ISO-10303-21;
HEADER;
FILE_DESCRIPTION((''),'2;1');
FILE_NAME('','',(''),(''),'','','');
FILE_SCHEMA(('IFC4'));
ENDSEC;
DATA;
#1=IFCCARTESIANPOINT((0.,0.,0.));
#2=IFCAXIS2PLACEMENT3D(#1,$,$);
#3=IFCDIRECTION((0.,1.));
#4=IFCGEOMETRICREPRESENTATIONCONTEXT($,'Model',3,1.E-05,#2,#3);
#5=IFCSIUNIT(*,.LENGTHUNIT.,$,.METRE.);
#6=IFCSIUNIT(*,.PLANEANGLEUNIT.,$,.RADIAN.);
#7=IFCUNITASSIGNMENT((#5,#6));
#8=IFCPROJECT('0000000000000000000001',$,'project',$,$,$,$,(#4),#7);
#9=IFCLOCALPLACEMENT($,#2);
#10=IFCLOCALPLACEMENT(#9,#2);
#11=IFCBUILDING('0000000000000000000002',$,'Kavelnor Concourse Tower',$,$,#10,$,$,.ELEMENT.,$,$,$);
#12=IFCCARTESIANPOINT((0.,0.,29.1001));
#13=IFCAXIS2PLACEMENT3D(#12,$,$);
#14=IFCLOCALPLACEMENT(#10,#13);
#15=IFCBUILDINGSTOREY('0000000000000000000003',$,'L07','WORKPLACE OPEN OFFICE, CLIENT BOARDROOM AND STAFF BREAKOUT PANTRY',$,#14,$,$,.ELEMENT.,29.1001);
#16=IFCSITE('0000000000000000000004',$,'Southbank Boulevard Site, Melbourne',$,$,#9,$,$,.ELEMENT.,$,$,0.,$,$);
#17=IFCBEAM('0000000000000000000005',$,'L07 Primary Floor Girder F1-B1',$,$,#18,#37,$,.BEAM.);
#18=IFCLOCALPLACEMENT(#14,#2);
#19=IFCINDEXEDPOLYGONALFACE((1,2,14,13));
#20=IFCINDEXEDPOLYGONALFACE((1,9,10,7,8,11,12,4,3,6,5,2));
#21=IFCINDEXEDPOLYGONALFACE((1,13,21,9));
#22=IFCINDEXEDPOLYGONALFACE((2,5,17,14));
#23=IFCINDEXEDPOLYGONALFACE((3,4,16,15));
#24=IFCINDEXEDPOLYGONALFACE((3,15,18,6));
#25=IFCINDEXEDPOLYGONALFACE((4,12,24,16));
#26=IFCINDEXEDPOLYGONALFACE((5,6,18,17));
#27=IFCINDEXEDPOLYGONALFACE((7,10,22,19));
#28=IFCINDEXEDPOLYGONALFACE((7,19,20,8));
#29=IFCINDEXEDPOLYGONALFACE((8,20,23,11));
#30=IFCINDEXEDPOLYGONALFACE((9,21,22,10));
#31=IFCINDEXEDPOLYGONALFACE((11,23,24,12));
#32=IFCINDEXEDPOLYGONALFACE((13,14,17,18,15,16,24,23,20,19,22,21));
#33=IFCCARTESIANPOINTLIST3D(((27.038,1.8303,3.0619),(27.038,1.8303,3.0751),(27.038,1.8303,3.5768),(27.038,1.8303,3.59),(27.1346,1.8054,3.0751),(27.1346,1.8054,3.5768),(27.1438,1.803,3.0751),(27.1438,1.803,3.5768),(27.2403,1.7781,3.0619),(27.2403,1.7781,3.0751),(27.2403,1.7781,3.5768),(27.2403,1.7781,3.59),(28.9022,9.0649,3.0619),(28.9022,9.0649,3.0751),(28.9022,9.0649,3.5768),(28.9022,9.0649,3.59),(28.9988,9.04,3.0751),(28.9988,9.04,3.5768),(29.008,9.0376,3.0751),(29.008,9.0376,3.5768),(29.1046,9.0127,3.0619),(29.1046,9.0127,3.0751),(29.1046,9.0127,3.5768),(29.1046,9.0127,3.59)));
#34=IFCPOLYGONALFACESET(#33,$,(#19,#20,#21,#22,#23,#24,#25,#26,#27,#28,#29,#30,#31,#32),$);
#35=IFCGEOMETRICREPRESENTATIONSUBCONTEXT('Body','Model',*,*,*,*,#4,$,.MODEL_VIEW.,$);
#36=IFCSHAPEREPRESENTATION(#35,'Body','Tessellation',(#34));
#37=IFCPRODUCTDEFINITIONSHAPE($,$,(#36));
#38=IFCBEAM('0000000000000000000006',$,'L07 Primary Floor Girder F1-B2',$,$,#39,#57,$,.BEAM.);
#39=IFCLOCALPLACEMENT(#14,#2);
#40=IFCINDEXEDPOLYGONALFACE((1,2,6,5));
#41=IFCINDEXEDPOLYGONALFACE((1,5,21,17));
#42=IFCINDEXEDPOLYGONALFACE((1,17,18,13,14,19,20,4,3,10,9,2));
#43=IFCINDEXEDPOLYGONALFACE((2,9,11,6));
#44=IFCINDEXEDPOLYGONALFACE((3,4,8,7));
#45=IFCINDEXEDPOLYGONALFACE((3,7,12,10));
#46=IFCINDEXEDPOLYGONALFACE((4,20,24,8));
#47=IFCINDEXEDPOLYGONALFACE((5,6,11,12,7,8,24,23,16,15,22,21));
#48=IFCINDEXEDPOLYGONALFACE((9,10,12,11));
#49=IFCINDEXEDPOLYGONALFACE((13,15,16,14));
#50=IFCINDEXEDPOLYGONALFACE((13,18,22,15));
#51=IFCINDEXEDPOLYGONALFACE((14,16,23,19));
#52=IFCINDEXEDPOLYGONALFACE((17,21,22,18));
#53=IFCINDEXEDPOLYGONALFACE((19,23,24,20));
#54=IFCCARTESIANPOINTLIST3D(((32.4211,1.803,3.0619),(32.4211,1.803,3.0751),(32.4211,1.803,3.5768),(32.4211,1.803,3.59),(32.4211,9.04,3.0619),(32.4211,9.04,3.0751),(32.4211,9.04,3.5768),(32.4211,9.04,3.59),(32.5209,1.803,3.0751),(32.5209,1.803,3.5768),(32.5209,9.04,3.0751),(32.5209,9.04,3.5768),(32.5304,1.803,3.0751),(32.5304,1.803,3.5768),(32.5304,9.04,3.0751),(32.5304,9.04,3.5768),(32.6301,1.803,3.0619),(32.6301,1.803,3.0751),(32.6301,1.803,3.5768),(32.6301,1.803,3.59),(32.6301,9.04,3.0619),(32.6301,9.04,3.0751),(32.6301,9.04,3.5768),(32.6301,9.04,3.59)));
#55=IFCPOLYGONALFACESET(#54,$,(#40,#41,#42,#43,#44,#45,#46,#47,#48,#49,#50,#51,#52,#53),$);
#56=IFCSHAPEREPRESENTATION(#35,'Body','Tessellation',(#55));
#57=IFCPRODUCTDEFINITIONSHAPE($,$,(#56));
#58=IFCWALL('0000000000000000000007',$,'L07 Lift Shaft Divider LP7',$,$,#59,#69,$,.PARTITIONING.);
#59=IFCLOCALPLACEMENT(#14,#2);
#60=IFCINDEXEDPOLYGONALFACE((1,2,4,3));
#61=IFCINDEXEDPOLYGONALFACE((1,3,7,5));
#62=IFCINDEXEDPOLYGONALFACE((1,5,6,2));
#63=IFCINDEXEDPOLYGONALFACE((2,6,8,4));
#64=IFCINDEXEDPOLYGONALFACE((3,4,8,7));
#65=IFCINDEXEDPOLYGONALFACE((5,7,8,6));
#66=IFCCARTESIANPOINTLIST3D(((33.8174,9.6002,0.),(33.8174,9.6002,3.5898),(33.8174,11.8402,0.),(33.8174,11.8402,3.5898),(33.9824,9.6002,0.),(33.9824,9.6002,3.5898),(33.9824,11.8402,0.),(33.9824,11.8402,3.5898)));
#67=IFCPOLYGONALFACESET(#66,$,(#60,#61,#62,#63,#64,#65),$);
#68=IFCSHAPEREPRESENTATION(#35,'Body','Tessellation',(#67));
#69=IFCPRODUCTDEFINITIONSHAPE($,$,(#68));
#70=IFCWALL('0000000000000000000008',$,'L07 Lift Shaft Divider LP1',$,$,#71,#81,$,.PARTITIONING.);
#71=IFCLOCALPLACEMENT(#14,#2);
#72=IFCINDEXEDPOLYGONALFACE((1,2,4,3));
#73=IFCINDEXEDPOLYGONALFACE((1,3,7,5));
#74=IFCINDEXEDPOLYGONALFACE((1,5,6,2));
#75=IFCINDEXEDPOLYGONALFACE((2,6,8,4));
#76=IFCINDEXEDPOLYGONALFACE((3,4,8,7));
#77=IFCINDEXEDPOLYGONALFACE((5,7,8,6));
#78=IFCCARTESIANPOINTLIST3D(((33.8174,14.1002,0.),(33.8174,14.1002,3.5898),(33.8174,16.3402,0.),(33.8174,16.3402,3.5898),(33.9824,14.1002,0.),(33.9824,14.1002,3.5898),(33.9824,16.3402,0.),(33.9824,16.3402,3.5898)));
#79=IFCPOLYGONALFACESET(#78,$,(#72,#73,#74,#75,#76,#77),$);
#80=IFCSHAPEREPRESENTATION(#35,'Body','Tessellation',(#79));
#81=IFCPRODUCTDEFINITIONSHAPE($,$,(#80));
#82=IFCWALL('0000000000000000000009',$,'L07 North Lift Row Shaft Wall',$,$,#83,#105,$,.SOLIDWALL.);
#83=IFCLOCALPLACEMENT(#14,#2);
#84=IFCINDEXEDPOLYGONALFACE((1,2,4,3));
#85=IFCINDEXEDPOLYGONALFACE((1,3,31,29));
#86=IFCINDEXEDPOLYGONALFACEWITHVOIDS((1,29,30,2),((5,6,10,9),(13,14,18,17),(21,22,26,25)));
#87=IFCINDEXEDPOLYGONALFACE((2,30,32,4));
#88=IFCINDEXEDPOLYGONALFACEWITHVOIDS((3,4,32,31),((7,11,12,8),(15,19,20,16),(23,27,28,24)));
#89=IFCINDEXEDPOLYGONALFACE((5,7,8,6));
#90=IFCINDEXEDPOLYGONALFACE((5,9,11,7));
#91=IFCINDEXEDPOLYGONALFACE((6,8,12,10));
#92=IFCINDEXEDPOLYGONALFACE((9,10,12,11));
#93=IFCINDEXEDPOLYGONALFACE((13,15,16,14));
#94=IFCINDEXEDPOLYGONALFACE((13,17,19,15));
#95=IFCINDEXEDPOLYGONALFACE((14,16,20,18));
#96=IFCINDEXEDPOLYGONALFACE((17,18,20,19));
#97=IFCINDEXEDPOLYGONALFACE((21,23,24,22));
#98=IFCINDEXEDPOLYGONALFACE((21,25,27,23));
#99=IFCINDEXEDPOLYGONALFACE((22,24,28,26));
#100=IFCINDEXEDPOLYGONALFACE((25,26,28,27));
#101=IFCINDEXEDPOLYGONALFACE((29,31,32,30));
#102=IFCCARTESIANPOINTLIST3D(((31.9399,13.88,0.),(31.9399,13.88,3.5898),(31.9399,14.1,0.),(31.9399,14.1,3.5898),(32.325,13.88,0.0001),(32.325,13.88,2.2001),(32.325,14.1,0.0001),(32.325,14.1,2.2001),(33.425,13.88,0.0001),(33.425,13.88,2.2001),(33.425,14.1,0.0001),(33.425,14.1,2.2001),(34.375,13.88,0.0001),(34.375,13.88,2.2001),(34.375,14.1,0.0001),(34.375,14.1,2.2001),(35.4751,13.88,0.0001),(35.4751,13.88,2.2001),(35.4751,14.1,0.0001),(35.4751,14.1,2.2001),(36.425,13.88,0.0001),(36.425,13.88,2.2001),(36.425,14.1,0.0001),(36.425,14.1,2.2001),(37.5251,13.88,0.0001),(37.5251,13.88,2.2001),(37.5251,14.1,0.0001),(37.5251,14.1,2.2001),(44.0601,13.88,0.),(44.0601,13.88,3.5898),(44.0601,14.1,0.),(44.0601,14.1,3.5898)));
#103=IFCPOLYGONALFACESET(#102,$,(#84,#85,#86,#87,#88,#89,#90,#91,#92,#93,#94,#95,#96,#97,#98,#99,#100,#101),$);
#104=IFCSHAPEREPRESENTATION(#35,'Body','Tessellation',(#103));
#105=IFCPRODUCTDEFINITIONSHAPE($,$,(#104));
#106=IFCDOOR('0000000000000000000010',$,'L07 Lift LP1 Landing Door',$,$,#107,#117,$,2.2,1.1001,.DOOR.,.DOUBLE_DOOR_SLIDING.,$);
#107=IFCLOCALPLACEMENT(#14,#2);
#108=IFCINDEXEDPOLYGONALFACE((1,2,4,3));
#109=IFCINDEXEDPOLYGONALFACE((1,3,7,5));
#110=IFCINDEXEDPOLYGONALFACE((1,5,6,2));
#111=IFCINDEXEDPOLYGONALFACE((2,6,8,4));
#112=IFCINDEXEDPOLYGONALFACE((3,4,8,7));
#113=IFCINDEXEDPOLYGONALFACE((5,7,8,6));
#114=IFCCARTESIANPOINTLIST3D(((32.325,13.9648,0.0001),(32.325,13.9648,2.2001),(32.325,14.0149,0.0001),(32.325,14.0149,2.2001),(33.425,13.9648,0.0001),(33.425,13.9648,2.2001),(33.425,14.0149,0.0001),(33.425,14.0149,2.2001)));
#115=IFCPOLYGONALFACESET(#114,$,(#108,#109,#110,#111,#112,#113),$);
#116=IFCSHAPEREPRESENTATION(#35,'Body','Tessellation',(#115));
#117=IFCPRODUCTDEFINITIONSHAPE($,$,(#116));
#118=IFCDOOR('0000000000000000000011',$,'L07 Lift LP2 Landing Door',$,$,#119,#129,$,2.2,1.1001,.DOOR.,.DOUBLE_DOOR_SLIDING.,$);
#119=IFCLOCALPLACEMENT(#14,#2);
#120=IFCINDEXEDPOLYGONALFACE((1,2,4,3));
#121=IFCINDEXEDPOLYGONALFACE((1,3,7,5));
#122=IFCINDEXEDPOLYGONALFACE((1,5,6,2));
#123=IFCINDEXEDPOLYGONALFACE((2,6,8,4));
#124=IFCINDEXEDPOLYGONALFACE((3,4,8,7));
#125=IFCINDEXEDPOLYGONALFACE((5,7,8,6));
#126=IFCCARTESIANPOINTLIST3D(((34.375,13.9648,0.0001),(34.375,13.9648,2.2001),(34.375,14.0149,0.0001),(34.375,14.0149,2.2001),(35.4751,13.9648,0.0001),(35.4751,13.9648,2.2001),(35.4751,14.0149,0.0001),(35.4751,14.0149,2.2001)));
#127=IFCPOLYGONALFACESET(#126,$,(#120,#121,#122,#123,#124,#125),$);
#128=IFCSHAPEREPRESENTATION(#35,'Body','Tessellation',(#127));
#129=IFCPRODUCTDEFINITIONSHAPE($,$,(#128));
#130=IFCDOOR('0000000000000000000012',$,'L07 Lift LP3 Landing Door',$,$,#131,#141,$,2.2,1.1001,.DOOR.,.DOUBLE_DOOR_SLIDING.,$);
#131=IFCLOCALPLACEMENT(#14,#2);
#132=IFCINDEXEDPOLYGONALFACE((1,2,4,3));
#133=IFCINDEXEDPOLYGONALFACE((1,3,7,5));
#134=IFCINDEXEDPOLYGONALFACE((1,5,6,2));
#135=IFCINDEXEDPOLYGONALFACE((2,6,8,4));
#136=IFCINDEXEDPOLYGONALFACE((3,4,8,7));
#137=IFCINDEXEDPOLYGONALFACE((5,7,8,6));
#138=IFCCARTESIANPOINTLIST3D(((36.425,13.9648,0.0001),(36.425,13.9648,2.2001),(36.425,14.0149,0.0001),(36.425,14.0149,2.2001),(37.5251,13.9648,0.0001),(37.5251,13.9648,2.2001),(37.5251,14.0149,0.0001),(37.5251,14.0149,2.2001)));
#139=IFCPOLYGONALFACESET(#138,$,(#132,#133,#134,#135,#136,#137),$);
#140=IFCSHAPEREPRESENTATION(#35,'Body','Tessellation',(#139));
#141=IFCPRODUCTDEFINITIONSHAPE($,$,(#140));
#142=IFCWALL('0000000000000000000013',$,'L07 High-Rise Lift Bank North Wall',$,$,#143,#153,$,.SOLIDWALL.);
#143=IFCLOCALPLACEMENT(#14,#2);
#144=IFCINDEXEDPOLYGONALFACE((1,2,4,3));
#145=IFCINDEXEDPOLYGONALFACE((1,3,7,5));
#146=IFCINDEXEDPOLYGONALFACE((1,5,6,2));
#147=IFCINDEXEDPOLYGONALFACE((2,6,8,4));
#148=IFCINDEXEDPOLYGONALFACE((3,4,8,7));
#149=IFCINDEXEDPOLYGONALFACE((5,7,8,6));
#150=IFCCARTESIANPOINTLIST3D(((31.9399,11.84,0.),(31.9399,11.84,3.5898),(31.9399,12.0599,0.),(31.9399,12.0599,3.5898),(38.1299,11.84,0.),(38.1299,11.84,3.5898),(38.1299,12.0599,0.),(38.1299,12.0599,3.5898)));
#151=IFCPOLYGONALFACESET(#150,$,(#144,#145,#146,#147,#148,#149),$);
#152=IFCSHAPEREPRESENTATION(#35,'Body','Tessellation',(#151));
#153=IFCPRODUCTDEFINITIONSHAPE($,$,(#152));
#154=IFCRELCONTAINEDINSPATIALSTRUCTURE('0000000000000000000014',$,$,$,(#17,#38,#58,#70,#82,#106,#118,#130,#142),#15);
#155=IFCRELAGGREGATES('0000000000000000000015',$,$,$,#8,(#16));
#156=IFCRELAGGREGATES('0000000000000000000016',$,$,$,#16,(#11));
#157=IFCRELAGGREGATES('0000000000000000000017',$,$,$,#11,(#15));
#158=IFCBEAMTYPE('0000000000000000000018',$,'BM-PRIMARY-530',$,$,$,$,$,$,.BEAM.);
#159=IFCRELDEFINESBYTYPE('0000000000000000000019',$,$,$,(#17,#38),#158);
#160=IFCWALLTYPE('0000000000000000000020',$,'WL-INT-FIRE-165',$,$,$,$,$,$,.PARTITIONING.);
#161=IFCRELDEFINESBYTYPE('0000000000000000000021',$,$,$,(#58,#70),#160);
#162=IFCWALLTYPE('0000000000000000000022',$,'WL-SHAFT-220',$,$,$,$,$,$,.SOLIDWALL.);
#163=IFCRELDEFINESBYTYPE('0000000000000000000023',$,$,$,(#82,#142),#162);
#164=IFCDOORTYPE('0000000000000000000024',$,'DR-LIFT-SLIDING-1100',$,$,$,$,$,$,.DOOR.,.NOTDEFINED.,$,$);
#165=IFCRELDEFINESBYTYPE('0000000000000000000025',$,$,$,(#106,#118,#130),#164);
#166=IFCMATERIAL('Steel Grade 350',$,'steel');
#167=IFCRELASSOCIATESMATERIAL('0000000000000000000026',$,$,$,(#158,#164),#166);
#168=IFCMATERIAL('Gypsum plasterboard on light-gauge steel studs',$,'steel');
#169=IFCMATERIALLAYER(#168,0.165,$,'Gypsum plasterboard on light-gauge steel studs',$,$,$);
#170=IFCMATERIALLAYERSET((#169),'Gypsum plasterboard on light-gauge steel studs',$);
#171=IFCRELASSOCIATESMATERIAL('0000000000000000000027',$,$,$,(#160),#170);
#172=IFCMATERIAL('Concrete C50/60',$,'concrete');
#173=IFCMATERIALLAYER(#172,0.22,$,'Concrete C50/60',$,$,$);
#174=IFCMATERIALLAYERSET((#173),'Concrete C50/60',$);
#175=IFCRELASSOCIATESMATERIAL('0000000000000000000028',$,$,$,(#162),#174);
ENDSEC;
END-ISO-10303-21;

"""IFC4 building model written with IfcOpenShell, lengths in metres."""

from ifc_helpers import new_model, si_unit, direction, frame, frame_2d, origin, origin_2d, place, context, subcontext, project, spatial, rectangle, i_section, extrude, material, layer, layer_set, material_profile, profile_set, type_object, element, fill, save


model = new_model("IFC4")

# Units and contexts
model_context = context("Model", 3, precision=1e-05, world=origin(), true_north=direction((0.0, 1.0)))
body_context = subcontext(model_context, "Body", "Model", "MODEL_VIEW")
ifc_project = project(units=[si_unit("LENGTHUNIT", "METRE"), si_unit("PLANEANGLEUNIT", "RADIAN")], contexts=[model_context])

# Site, building, storey
site_placement = place(None, origin())
site = spatial("IfcSite", under=ifc_project, at=site_placement, Name="Southbank Boulevard Site, Melbourne", CompositionType="ELEMENT", RefElevation=0.0)
building_placement = place(site_placement, origin())
building = spatial("IfcBuilding", under=site, at=building_placement, Name="Kavelnor Concourse Tower", CompositionType="ELEMENT")
storey_placement = place(building_placement, frame((0.0, 0.0, 29.1001)))
storey = spatial("IfcBuildingStorey", under=building, at=storey_placement, Name="L07", Description="WORKPLACE OPEN OFFICE, CLIENT BOARDROOM AND STAFF BREAKOUT PANTRY", CompositionType="ELEMENT", Elevation=29.1001)

# Beams
ifc_material_1 = material(Name="Steel Grade 350", Category="steel")
ifc_material_profile = material_profile(ifc_material_1, i_section(OverallWidth=0.209, OverallDepth=0.5281, WebThickness=0.0095, FlangeThickness=0.0132, at=origin_2d()), Name="530UB82")
ifc_profile_set = profile_set([ifc_material_profile], Name="Steel Grade 350")
beam_type = type_object("IfcBeamType", Name="BM-PRIMARY-530", PredefinedType="BEAM", material=ifc_profile_set)
beam_1_placement = place(storey_placement, frame((29.0034, 9.0388, 3.3259), z_axis=(-0.249534, -0.968366, 0.0), x_axis=(0.968366, -0.249534, 0.0)))
element("IfcBeam", 1, at=beam_1_placement, inside=storey, type_object=beam_type, Name="L07 Primary Floor Girder F1-B1", PredefinedType="BEAM", context=body_context, shape_type="SweptSolid", body=[
    extrude(i_section(OverallWidth=0.209, OverallDepth=0.5281, WebThickness=0.0095, FlangeThickness=0.0132, at=origin_2d()), origin(), (0.0, 0.0, 1.0), 7.4709),
])
beam_2_placement = place(storey_placement, frame((32.5256, 9.04, 3.3259), z_axis=(0.0, -1.0, 0.0), x_axis=(1.0, 0.0, 0.0)))
element("IfcBeam", 2, at=beam_2_placement, inside=storey, type_object=beam_type, Name="L07 Primary Floor Girder F1-B2", PredefinedType="BEAM", context=body_context, shape_type="SweptSolid", body=[
    extrude(i_section(OverallWidth=0.209, OverallDepth=0.5281, WebThickness=0.0095, FlangeThickness=0.0132, at=origin_2d()), origin(), (0.0, 0.0, 1.0), 7.2371),
])

# Walls
ifc_material_2 = material(Name="Gypsum plasterboard on light-gauge steel studs", Category="steel")
ifc_layer_1 = layer(ifc_material_2, 0.165, Name="Gypsum plasterboard on light-gauge steel studs")
ifc_layer_set_1 = layer_set([ifc_layer_1], Name="Gypsum plasterboard on light-gauge steel studs")
wall_type_1 = type_object("IfcWallType", Name="WL-INT-FIRE-165", PredefinedType="PARTITIONING", material=ifc_layer_set_1)
for number, where, z_axis, x_axis, name in (
    (3, (33.8999, 9.6001, 0.0), (0.0, 0.0, 1.0), (0.0, 1.0, 0.0), "L07 Lift Shaft Divider LP7"),
    (4, (33.8999, 14.1001, 0.0), (0.0, 0.0, 1.0), (0.0, 1.0, 0.0), "L07 Lift Shaft Divider LP1"),
):
    element("IfcWall", number, at=place(storey_placement, frame(where, z_axis=z_axis, x_axis=x_axis)), inside=storey, type_object=wall_type_1, Name=name, PredefinedType="PARTITIONING", context=body_context, shape_type="SweptSolid", body=[
        extrude(rectangle(XDim=2.24, YDim=0.165, at=frame_2d((1.1201, 0.0))), origin(), (0.0, 0.0, 1.0), 3.5898),
    ])

# Wall, openings, doors
ifc_material_3 = material(Name="Concrete C50/60", Category="concrete")
ifc_layer_2 = layer(ifc_material_3, 0.22, Name="Concrete C50/60")
ifc_layer_set_2 = layer_set([ifc_layer_2], Name="Concrete C50/60")
wall_type_2 = type_object("IfcWallType", Name="WL-SHAFT-220", PredefinedType="SOLIDWALL", material=ifc_layer_set_2)
wall_1_placement = place(storey_placement, frame((31.9399, 13.99, 0.0), z_axis=(0.0, 0.0, 1.0), x_axis=(1.0, 0.0, 0.0)))
wall_1 = element("IfcWall", 5, at=wall_1_placement, inside=storey, type_object=wall_type_2, Name="L07 North Lift Row Shaft Wall", PredefinedType="SOLIDWALL", context=body_context, shape_type="SweptSolid", body=[
    extrude(rectangle(XDim=12.1201, YDim=0.22, at=frame_2d((6.0601, 0.0))), origin(), (0.0, 0.0, 1.0), 3.5898),
])
opening_1_placement = place(wall_1_placement, frame((0.385, 0.0, 0.0)))
opening_1 = element("IfcOpeningElement", 6, at=opening_1_placement, cuts=wall_1, PredefinedType="OPENING", context=body_context, shape_type="SweptSolid", body=[
    extrude(rectangle(XDim=1.1001, YDim=2.2, at=frame_2d((0.55, 1.1001))), frame((0.0, 0.1201, 0.0), z_axis=(0.0, -1.0, 0.0), x_axis=(1.0, 0.0, 0.0)), (0.0, 0.0, 1.0), 0.24),
])
opening_2_placement = place(wall_1_placement, frame((2.4351, 0.0, 0.0)))
opening_2 = element("IfcOpeningElement", 7, at=opening_2_placement, cuts=wall_1, PredefinedType="OPENING", context=body_context, shape_type="SweptSolid", body=[
    extrude(rectangle(XDim=1.1001, YDim=2.2, at=frame_2d((0.55, 1.1001))), frame((0.0, 0.1201, 0.0), z_axis=(0.0, -1.0, 0.0), x_axis=(1.0, 0.0, 0.0)), (0.0, 0.0, 1.0), 0.24),
])
opening_3_placement = place(wall_1_placement, frame((4.4851, 0.0, 0.0)))
opening_3 = element("IfcOpeningElement", 8, at=opening_3_placement, cuts=wall_1, PredefinedType="OPENING", context=body_context, shape_type="SweptSolid", body=[
    extrude(rectangle(XDim=1.1001, YDim=2.2, at=frame_2d((0.55, 1.1001))), frame((0.0, 0.1201, 0.0), z_axis=(0.0, -1.0, 0.0), x_axis=(1.0, 0.0, 0.0)), (0.0, 0.0, 1.0), 0.24),
])
door_type_1 = type_object("IfcDoorType", Name="DR-LIFT-SLIDING-1100", OperationType="NOTDEFINED", PredefinedType="DOOR", material=ifc_material_1)
door_1_placement = place(opening_1_placement, origin())
door_1 = element("IfcDoor", 9, at=door_1_placement, inside=storey, type_object=door_type_1, Name="L07 Lift LP1 Landing Door", OperationType="DOUBLE_DOOR_SLIDING", OverallHeight=2.2, OverallWidth=1.1001, PredefinedType="DOOR", context=body_context, shape_type="SweptSolid", body=[
    extrude(rectangle(XDim=1.1001, YDim=2.2, at=frame_2d((0.55, 1.1001))), frame((0.0, 0.0249, 0.0), z_axis=(0.0, -1.0, 0.0), x_axis=(1.0, 0.0, 0.0)), (0.0, 0.0, 1.0), 0.05),
])
fill(opening_1, door_1)
door_2_placement = place(opening_2_placement, origin())
door_2 = element("IfcDoor", 10, at=door_2_placement, inside=storey, type_object=door_type_1, Name="L07 Lift LP2 Landing Door", OperationType="DOUBLE_DOOR_SLIDING", OverallHeight=2.2, OverallWidth=1.1001, PredefinedType="DOOR", context=body_context, shape_type="SweptSolid", body=[
    extrude(rectangle(XDim=1.1001, YDim=2.2, at=frame_2d((0.55, 1.1001))), frame((0.0, 0.0249, 0.0), z_axis=(0.0, -1.0, 0.0), x_axis=(1.0, 0.0, 0.0)), (0.0, 0.0, 1.0), 0.05),
])
fill(opening_2, door_2)
door_3_placement = place(opening_3_placement, origin())
door_3 = element("IfcDoor", 11, at=door_3_placement, inside=storey, type_object=door_type_1, Name="L07 Lift LP3 Landing Door", OperationType="DOUBLE_DOOR_SLIDING", OverallHeight=2.2, OverallWidth=1.1001, PredefinedType="DOOR", context=body_context, shape_type="SweptSolid", body=[
    extrude(rectangle(XDim=1.1001, YDim=2.2, at=frame_2d((0.55, 1.1001))), frame((0.0, 0.0249, 0.0), z_axis=(0.0, -1.0, 0.0), x_axis=(1.0, 0.0, 0.0)), (0.0, 0.0, 1.0), 0.05),
])
fill(opening_3, door_3)

# Wall
wall_2_placement = place(storey_placement, frame((31.9399, 11.95, 0.0), z_axis=(0.0, 0.0, 1.0), x_axis=(1.0, 0.0, 0.0)))
element("IfcWall", 12, at=wall_2_placement, inside=storey, type_object=wall_type_2, Name="L07 High-Rise Lift Bank North Wall", PredefinedType="SOLIDWALL", context=body_context, shape_type="SweptSolid", body=[
    extrude(rectangle(XDim=6.1899, YDim=0.22, at=frame_2d((3.095, 0.0))), origin(), (0.0, 0.0, 1.0), 3.5898),
])

save(model, "model.ifc")
